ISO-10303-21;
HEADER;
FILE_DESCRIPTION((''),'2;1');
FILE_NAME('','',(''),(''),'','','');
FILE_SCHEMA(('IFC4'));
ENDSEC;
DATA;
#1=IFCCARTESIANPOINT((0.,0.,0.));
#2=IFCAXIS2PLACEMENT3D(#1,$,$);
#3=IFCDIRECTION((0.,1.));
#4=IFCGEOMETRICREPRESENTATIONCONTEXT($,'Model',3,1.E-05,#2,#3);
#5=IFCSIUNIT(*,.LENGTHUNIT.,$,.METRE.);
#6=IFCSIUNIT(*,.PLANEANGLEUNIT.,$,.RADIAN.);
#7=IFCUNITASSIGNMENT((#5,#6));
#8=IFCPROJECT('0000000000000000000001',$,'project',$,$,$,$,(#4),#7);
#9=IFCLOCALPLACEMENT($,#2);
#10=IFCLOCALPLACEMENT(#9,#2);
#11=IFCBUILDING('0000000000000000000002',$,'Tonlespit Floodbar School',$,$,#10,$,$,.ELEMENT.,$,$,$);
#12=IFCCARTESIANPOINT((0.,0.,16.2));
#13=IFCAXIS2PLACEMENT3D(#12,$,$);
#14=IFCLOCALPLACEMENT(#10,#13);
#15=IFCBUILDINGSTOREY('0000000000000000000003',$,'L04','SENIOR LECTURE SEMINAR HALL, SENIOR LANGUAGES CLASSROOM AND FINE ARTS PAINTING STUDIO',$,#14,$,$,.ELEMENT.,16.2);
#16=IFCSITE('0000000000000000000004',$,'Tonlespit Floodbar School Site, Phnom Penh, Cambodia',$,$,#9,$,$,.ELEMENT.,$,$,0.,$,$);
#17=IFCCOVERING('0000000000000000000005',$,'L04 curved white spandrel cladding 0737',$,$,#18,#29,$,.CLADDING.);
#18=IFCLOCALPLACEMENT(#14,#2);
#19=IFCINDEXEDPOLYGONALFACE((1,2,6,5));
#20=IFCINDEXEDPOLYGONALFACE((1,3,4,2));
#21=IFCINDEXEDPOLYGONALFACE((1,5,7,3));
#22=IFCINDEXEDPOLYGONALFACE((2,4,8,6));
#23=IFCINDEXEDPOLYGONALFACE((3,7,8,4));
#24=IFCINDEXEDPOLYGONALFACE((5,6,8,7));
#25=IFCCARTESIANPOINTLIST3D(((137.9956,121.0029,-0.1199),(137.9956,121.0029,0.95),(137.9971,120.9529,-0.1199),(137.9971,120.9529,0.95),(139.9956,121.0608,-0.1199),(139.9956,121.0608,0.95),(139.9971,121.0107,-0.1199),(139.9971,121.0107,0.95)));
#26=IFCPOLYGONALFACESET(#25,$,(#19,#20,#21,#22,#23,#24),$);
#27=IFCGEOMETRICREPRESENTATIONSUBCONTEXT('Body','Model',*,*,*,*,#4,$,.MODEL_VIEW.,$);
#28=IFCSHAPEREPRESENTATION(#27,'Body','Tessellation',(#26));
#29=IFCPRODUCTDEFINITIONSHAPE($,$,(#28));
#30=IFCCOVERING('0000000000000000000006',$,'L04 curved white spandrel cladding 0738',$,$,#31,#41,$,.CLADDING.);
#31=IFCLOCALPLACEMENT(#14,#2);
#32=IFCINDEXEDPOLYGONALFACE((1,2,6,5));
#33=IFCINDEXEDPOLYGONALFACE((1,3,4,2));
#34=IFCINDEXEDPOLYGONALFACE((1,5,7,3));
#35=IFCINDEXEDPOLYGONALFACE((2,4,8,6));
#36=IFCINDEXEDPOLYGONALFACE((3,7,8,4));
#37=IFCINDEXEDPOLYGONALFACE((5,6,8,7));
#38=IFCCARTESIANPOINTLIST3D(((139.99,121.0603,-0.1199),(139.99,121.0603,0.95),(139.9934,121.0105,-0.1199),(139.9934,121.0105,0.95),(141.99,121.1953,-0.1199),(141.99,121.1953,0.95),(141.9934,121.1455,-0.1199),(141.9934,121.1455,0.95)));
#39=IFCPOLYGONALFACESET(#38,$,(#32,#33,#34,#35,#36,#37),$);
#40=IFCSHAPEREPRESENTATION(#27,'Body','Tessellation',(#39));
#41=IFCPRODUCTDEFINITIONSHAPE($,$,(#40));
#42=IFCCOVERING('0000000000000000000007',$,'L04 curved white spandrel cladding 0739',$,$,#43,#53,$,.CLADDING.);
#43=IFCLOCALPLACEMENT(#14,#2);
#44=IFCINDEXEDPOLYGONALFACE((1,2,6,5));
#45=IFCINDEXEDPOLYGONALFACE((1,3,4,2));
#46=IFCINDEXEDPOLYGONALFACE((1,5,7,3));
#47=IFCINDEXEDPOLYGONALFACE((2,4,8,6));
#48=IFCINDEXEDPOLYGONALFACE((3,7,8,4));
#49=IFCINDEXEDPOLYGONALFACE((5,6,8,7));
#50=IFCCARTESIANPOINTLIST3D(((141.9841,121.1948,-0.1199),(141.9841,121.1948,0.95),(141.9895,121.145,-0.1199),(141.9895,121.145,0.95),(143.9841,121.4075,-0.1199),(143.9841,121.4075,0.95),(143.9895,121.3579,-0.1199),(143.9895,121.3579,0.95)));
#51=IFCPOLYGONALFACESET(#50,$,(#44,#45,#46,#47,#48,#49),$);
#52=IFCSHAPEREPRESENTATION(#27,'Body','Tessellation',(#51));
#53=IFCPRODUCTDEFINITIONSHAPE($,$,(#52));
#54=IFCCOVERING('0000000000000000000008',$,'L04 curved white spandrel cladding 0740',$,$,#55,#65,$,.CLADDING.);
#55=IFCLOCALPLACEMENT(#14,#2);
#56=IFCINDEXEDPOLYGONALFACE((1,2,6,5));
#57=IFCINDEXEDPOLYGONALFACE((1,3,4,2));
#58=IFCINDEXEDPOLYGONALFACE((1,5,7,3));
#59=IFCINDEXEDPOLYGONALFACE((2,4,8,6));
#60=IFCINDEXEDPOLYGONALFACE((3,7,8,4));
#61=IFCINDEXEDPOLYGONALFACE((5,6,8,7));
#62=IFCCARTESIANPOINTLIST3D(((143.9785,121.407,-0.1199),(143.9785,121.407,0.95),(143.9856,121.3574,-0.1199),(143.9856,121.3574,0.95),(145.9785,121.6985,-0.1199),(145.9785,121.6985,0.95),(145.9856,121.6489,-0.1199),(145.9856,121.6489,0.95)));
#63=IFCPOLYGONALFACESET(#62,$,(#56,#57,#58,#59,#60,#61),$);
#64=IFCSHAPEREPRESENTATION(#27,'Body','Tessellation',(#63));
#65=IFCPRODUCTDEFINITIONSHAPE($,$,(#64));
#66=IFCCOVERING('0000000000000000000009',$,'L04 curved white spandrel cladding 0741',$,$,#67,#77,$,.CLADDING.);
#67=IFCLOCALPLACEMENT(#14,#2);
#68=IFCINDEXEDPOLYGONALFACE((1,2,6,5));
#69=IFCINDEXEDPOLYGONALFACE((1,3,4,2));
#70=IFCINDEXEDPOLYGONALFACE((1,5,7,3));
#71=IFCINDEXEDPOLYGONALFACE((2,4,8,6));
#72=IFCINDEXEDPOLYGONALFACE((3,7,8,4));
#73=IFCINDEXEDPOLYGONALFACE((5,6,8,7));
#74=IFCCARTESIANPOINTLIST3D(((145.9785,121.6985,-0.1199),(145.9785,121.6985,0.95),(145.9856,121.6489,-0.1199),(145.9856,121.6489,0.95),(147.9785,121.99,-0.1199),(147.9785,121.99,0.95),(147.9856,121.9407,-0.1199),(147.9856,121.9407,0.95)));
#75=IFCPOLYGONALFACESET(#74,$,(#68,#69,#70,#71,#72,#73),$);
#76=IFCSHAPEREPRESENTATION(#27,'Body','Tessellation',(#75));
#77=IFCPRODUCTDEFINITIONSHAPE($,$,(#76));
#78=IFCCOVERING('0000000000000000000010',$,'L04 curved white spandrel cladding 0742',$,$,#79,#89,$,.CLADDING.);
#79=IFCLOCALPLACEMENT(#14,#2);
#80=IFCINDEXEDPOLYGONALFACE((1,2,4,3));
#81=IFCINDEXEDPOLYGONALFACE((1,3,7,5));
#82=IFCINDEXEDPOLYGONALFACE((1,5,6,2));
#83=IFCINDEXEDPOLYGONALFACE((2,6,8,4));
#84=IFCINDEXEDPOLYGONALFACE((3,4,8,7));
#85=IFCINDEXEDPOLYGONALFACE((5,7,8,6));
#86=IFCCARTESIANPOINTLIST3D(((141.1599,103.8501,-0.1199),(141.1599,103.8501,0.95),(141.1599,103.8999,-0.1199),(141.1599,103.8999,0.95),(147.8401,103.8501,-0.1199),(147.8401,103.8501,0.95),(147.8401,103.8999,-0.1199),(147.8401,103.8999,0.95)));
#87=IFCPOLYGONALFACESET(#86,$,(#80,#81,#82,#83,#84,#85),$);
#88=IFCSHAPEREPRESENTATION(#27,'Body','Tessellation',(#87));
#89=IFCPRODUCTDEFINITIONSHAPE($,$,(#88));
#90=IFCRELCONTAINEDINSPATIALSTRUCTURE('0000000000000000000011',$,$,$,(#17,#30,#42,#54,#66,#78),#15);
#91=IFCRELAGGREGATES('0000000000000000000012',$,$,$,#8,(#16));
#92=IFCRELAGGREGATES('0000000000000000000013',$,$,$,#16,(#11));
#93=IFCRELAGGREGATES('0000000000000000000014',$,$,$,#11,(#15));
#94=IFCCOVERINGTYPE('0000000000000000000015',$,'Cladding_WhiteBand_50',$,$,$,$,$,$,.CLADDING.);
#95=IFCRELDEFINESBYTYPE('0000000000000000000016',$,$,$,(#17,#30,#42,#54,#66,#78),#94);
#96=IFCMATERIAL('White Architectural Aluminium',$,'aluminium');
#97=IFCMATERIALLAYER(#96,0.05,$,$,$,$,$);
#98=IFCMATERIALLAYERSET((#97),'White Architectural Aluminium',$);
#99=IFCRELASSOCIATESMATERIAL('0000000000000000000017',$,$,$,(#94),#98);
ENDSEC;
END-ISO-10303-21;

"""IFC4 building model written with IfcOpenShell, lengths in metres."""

from ifc_helpers import new_model, si_unit, direction, frame, origin, place, context, subcontext, project, spatial, polyline, outline, extrude, material, layer, layer_set, type_object, element, save


model = new_model("IFC4")

# Units and contexts
model_context = context("Model", 3, precision=1e-05, world=origin(), true_north=direction((0.0, 1.0)))
body_context = subcontext(model_context, "Body", "Model", "MODEL_VIEW")
ifc_project = project(units=[si_unit("LENGTHUNIT", "METRE"), si_unit("PLANEANGLEUNIT", "RADIAN")], contexts=[model_context])

# Site, building, storey
site_placement = place(None, origin())
site = spatial("IfcSite", under=ifc_project, at=site_placement, Name="Tonlespit Floodbar School Site, Phnom Penh, Cambodia", CompositionType="ELEMENT", RefElevation=0.0)
building_placement = place(site_placement, origin())
building = spatial("IfcBuilding", under=site, at=building_placement, Name="Tonlespit Floodbar School", CompositionType="ELEMENT")
storey_placement = place(building_placement, frame((0.0, 0.0, 16.2)))
storey = spatial("IfcBuildingStorey", under=building, at=storey_placement, Name="L04", Description="SENIOR LECTURE SEMINAR HALL, SENIOR LANGUAGES CLASSROOM AND FINE ARTS PAINTING STUDIO", CompositionType="ELEMENT", Elevation=16.2)

# Coverings
ifc_material = material(Name="White Architectural Aluminium", Category="aluminium")
ifc_layer = layer(ifc_material, 0.05)
ifc_layer_set = layer_set([ifc_layer], Name="White Architectural Aluminium")
covering_type = type_object("IfcCoveringType", Name="Cladding_WhiteBand_50", PredefinedType="CLADDING", material=ifc_layer_set)
covering_1_placement = place(storey_placement, frame((0.0, 0.0, -0.1199)))
element("IfcCovering", 1, at=covering_1_placement, inside=storey, type_object=covering_type, Name="L04 curved white spandrel cladding 0737", PredefinedType="CLADDING", context=body_context, shape_type="SweptSolid", body=[
    extrude(outline(polyline([(137.9971, 120.9529), (139.9971, 121.0107), (139.9956, 121.0608), (137.9956, 121.0029), (137.9971, 120.9529)])), origin(), (0.0, 0.0, 1.0), 1.0698),
])
covering_2_placement = place(storey_placement, frame((0.0, 0.0, -0.1199)))
element("IfcCovering", 2, at=covering_2_placement, inside=storey, type_object=covering_type, Name="L04 curved white spandrel cladding 0738", PredefinedType="CLADDING", context=body_context, shape_type="SweptSolid", body=[
    extrude(outline(polyline([(139.9934, 121.0105), (141.9934, 121.1455), (141.99, 121.1953), (139.99, 121.0603), (139.9934, 121.0105)])), origin(), (0.0, 0.0, 1.0), 1.0698),
])
covering_3_placement = place(storey_placement, frame((0.0, 0.0, -0.1199)))
element("IfcCovering", 3, at=covering_3_placement, inside=storey, type_object=covering_type, Name="L04 curved white spandrel cladding 0739", PredefinedType="CLADDING", context=body_context, shape_type="SweptSolid", body=[
    extrude(outline(polyline([(141.9895, 121.145), (143.9895, 121.3579), (143.9841, 121.4075), (141.9841, 121.1948), (141.9895, 121.145)])), origin(), (0.0, 0.0, 1.0), 1.0698),
])
covering_4_placement = place(storey_placement, frame((0.0, 0.0, -0.1199)))
element("IfcCovering", 4, at=covering_4_placement, inside=storey, type_object=covering_type, Name="L04 curved white spandrel cladding 0740", PredefinedType="CLADDING", context=body_context, shape_type="SweptSolid", body=[
    extrude(outline(polyline([(143.9856, 121.3574), (145.9856, 121.6489), (145.9785, 121.6985), (143.9785, 121.407), (143.9856, 121.3574)])), origin(), (0.0, 0.0, 1.0), 1.0698),
])
covering_5_placement = place(storey_placement, frame((0.0, 0.0, -0.1199)))
element("IfcCovering", 5, at=covering_5_placement, inside=storey, type_object=covering_type, Name="L04 curved white spandrel cladding 0741", PredefinedType="CLADDING", context=body_context, shape_type="SweptSolid", body=[
    extrude(outline(polyline([(145.9856, 121.6489), (147.9856, 121.9407), (147.9785, 121.99), (145.9785, 121.6985), (145.9856, 121.6489)])), origin(), (0.0, 0.0, 1.0), 1.0698),
])
covering_6_placement = place(storey_placement, frame((0.0, 0.0, -0.1199)))
element("IfcCovering", 6, at=covering_6_placement, inside=storey, type_object=covering_type, Name="L04 curved white spandrel cladding 0742", PredefinedType="CLADDING", context=body_context, shape_type="SweptSolid", body=[
    extrude(outline(polyline([(147.8401, 103.8999), (141.1599, 103.8999), (141.1599, 103.8501), (147.8401, 103.8501), (147.8401, 103.8999)])), origin(), (0.0, 0.0, 1.0), 1.0698),
])

save(model, "model.ifc")
